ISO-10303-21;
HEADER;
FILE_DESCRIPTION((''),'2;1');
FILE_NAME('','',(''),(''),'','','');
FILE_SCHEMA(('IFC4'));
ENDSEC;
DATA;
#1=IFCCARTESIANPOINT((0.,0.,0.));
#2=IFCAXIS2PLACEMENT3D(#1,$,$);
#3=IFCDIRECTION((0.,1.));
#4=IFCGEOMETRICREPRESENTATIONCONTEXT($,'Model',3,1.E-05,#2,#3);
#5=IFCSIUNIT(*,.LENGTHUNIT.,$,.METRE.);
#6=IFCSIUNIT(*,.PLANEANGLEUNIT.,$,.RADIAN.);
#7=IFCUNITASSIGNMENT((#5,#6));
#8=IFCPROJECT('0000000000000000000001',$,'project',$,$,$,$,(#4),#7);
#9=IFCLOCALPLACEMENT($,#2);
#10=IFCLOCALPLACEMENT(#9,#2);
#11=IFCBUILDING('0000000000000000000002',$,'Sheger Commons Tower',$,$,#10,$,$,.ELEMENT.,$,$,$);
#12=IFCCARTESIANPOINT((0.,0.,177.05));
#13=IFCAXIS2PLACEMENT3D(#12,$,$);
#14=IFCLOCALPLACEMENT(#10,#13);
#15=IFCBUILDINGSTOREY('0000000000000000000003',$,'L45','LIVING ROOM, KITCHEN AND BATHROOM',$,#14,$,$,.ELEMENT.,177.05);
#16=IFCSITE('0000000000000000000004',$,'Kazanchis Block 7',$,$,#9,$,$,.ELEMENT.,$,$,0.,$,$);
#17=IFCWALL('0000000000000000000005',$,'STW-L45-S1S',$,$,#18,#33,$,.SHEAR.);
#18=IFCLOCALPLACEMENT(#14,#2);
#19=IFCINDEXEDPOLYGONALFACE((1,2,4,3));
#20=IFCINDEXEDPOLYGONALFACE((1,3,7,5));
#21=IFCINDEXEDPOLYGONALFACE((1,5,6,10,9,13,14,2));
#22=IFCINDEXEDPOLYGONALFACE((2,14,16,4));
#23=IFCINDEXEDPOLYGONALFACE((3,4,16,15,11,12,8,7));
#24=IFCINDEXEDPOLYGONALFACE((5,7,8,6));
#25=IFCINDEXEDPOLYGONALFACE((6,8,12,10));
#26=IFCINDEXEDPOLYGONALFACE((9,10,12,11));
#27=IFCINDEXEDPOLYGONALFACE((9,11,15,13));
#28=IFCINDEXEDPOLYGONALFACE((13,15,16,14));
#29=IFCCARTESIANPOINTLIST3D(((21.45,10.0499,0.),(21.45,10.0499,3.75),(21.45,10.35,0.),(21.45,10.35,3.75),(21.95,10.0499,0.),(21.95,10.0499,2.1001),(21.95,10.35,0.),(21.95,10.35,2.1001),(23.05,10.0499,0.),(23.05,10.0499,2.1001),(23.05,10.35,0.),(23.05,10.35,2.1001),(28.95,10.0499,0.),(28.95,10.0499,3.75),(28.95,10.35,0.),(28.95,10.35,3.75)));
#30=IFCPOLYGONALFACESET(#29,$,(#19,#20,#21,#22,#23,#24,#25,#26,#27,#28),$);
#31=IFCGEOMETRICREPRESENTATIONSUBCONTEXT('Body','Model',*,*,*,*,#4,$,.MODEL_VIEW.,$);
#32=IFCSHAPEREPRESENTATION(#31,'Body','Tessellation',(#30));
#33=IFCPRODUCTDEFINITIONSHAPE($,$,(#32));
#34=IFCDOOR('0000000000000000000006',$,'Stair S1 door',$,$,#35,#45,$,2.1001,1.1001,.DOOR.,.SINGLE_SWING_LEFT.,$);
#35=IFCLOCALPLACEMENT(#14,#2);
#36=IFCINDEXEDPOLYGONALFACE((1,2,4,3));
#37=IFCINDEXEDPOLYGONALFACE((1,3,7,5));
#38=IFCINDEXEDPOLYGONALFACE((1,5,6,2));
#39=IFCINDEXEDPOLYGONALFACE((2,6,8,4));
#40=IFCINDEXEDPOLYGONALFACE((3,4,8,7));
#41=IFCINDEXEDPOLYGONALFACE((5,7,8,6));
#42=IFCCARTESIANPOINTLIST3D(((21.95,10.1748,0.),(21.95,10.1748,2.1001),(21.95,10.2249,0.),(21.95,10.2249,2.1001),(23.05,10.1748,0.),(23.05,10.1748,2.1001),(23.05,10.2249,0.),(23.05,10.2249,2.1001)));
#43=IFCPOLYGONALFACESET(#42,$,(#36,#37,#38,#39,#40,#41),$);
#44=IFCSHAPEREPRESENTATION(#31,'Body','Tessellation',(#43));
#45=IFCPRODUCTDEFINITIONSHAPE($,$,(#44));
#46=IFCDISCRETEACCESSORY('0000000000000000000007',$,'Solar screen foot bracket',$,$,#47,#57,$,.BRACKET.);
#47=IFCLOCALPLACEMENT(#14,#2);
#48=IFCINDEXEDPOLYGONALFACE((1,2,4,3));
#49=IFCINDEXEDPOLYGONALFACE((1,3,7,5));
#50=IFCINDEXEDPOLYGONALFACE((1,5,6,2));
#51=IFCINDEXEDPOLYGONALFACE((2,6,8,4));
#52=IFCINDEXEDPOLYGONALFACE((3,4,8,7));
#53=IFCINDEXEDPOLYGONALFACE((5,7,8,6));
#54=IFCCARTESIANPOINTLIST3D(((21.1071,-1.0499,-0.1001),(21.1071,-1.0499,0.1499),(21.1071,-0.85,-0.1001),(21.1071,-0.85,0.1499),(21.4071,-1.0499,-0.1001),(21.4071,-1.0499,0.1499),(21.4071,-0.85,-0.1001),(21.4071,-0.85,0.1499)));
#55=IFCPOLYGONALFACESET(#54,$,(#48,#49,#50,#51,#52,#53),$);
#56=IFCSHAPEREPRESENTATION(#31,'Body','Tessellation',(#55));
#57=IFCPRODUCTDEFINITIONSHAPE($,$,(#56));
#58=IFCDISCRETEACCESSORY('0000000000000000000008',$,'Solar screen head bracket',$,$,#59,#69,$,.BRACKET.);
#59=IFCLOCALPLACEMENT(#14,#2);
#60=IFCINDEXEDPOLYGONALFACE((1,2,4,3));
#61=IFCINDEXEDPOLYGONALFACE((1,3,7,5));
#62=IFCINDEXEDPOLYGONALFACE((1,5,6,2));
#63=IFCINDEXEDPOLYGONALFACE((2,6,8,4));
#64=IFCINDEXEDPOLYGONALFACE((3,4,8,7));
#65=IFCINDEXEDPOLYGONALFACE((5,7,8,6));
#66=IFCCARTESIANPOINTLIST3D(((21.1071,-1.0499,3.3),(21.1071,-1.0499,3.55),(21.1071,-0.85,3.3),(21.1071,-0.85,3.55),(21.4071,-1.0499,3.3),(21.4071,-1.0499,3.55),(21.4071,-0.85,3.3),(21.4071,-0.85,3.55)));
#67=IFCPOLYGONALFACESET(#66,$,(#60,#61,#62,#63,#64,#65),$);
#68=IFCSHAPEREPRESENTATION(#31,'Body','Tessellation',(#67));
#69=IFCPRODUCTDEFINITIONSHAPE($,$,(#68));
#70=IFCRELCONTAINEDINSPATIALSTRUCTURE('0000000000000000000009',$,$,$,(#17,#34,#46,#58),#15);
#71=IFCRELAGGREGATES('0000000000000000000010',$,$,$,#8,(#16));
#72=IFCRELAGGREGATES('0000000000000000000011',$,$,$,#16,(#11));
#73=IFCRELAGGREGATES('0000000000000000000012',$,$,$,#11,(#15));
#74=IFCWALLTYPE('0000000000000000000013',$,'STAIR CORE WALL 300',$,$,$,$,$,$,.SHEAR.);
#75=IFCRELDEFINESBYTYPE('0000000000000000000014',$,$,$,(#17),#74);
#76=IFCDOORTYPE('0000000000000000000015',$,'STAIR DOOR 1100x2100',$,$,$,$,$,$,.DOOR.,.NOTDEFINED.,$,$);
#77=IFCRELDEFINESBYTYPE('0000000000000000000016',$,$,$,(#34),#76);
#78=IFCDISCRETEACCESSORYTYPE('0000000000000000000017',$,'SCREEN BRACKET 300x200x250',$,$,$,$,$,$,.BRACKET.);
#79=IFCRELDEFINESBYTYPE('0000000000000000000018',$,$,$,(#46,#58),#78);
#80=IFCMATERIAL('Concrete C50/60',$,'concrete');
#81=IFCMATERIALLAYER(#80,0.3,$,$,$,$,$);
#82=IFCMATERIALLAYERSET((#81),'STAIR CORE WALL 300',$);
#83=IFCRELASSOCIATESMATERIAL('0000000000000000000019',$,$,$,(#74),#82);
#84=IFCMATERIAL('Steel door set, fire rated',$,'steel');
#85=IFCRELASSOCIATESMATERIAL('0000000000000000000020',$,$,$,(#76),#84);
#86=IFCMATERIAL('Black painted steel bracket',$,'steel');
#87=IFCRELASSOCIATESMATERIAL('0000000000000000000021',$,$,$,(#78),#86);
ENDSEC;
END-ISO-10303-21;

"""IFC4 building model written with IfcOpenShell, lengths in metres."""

from ifc_helpers import new_model, si_unit, direction, frame, frame_2d, origin, origin_2d, place, context, subcontext, project, spatial, rectangle, extrude, material, layer, layer_set, type_object, element, fill, save


model = new_model("IFC4")

# Units and contexts
model_context = context("Model", 3, precision=1e-05, world=origin(), true_north=direction((0.0, 1.0)))
body_context = subcontext(model_context, "Body", "Model", "MODEL_VIEW")
ifc_project = project(units=[si_unit("LENGTHUNIT", "METRE"), si_unit("PLANEANGLEUNIT", "RADIAN")], contexts=[model_context])

# Site, building, storey
site_placement = place(None, origin())
site = spatial("IfcSite", under=ifc_project, at=site_placement, Name="Kazanchis Block 7", CompositionType="ELEMENT", RefElevation=0.0)
building_placement = place(site_placement, origin())
building = spatial("IfcBuilding", under=site, at=building_placement, Name="Sheger Commons Tower", CompositionType="ELEMENT")
storey_placement = place(building_placement, frame((0.0, 0.0, 177.05)))
storey = spatial("IfcBuildingStorey", under=building, at=storey_placement, Name="L45", Description="LIVING ROOM, KITCHEN AND BATHROOM", CompositionType="ELEMENT", Elevation=177.05)

# Wall, opening, door
ifc_material_1 = material(Name="Concrete C50/60", Category="concrete")
ifc_layer_1 = layer(ifc_material_1, 0.3)
ifc_layer_set_1 = layer_set([ifc_layer_1], Name="STAIR CORE WALL 300")
wall_type_1 = type_object("IfcWallType", Name="STAIR CORE WALL 300", PredefinedType="SHEAR", material=ifc_layer_set_1)
wall_1_placement = place(storey_placement, frame((21.45, 10.2, 0.0), z_axis=(0.0, 0.0, 1.0), x_axis=(1.0, 0.0, 0.0)))
wall_1 = element("IfcWall", 1, at=wall_1_placement, inside=storey, type_object=wall_type_1, Name="STW-L45-S1S", PredefinedType="SHEAR", context=body_context, shape_type="SweptSolid", body=[
    extrude(rectangle(XDim=7.5, YDim=0.3, at=frame_2d((3.75, 0.0))), origin(), (0.0, 0.0, 1.0), 3.75),
])
opening_1_placement = place(wall_1_placement, frame((0.5, 0.0, 0.0)))
opening_1 = element("IfcOpeningElement", 2, at=opening_1_placement, cuts=wall_1, PredefinedType="OPENING", context=body_context, shape_type="SweptSolid", body=[
    extrude(rectangle(XDim=1.1001, YDim=2.1001, at=frame_2d((0.55, 1.05))), frame((0.0, 0.1599, 0.0), z_axis=(0.0, -1.0, 0.0), x_axis=(1.0, 0.0, 0.0)), (0.0, 0.0, 1.0), 0.3201),
])
ifc_material_2 = material(Name="Steel door set, fire rated", Category="steel")
door_type_1 = type_object("IfcDoorType", Name="STAIR DOOR 1100x2100", OperationType="NOTDEFINED", PredefinedType="DOOR", material=ifc_material_2)
door_1_placement = place(opening_1_placement, origin())
door_1 = element("IfcDoor", 3, at=door_1_placement, inside=storey, type_object=door_type_1, Name="Stair S1 door", OperationType="SINGLE_SWING_LEFT", OverallHeight=2.1001, OverallWidth=1.1001, PredefinedType="DOOR", context=body_context, shape_type="SweptSolid", body=[
    extrude(rectangle(XDim=1.1001, YDim=2.1001, at=frame_2d((0.55, 1.05))), frame((0.0, 0.0249, 0.0), z_axis=(0.0, -1.0, 0.0), x_axis=(1.0, 0.0, 0.0)), (0.0, 0.0, 1.0), 0.05),
])
fill(opening_1, door_1)

# Discrete accessories
ifc_material_3 = material(Name="Black painted steel bracket", Category="steel")
discrete_accessory_type = type_object("IfcDiscreteAccessoryType", Name="SCREEN BRACKET 300x200x250", PredefinedType="BRACKET", material=ifc_material_3)
for number, where, z_axis, x_axis, name in (
    (4, (21.2571, -0.95, -0.1001), (0.0, 0.0, 1.0), (1.0, 0.0, 0.0), "Solar screen foot bracket"),
    (5, (21.2571, -0.95, 3.3), (0.0, 0.0, 1.0), (1.0, 0.0, 0.0), "Solar screen head bracket"),
):
    element("IfcDiscreteAccessory", number, at=place(storey_placement, frame(where, z_axis=z_axis, x_axis=x_axis)), inside=storey, type_object=discrete_accessory_type, Name=name, PredefinedType="BRACKET", context=body_context, shape_type="SweptSolid", body=[
        extrude(rectangle(XDim=0.3, YDim=0.2, at=origin_2d()), origin(), (0.0, 0.0, 1.0), 0.25),
    ])

save(model, "model.ifc")
